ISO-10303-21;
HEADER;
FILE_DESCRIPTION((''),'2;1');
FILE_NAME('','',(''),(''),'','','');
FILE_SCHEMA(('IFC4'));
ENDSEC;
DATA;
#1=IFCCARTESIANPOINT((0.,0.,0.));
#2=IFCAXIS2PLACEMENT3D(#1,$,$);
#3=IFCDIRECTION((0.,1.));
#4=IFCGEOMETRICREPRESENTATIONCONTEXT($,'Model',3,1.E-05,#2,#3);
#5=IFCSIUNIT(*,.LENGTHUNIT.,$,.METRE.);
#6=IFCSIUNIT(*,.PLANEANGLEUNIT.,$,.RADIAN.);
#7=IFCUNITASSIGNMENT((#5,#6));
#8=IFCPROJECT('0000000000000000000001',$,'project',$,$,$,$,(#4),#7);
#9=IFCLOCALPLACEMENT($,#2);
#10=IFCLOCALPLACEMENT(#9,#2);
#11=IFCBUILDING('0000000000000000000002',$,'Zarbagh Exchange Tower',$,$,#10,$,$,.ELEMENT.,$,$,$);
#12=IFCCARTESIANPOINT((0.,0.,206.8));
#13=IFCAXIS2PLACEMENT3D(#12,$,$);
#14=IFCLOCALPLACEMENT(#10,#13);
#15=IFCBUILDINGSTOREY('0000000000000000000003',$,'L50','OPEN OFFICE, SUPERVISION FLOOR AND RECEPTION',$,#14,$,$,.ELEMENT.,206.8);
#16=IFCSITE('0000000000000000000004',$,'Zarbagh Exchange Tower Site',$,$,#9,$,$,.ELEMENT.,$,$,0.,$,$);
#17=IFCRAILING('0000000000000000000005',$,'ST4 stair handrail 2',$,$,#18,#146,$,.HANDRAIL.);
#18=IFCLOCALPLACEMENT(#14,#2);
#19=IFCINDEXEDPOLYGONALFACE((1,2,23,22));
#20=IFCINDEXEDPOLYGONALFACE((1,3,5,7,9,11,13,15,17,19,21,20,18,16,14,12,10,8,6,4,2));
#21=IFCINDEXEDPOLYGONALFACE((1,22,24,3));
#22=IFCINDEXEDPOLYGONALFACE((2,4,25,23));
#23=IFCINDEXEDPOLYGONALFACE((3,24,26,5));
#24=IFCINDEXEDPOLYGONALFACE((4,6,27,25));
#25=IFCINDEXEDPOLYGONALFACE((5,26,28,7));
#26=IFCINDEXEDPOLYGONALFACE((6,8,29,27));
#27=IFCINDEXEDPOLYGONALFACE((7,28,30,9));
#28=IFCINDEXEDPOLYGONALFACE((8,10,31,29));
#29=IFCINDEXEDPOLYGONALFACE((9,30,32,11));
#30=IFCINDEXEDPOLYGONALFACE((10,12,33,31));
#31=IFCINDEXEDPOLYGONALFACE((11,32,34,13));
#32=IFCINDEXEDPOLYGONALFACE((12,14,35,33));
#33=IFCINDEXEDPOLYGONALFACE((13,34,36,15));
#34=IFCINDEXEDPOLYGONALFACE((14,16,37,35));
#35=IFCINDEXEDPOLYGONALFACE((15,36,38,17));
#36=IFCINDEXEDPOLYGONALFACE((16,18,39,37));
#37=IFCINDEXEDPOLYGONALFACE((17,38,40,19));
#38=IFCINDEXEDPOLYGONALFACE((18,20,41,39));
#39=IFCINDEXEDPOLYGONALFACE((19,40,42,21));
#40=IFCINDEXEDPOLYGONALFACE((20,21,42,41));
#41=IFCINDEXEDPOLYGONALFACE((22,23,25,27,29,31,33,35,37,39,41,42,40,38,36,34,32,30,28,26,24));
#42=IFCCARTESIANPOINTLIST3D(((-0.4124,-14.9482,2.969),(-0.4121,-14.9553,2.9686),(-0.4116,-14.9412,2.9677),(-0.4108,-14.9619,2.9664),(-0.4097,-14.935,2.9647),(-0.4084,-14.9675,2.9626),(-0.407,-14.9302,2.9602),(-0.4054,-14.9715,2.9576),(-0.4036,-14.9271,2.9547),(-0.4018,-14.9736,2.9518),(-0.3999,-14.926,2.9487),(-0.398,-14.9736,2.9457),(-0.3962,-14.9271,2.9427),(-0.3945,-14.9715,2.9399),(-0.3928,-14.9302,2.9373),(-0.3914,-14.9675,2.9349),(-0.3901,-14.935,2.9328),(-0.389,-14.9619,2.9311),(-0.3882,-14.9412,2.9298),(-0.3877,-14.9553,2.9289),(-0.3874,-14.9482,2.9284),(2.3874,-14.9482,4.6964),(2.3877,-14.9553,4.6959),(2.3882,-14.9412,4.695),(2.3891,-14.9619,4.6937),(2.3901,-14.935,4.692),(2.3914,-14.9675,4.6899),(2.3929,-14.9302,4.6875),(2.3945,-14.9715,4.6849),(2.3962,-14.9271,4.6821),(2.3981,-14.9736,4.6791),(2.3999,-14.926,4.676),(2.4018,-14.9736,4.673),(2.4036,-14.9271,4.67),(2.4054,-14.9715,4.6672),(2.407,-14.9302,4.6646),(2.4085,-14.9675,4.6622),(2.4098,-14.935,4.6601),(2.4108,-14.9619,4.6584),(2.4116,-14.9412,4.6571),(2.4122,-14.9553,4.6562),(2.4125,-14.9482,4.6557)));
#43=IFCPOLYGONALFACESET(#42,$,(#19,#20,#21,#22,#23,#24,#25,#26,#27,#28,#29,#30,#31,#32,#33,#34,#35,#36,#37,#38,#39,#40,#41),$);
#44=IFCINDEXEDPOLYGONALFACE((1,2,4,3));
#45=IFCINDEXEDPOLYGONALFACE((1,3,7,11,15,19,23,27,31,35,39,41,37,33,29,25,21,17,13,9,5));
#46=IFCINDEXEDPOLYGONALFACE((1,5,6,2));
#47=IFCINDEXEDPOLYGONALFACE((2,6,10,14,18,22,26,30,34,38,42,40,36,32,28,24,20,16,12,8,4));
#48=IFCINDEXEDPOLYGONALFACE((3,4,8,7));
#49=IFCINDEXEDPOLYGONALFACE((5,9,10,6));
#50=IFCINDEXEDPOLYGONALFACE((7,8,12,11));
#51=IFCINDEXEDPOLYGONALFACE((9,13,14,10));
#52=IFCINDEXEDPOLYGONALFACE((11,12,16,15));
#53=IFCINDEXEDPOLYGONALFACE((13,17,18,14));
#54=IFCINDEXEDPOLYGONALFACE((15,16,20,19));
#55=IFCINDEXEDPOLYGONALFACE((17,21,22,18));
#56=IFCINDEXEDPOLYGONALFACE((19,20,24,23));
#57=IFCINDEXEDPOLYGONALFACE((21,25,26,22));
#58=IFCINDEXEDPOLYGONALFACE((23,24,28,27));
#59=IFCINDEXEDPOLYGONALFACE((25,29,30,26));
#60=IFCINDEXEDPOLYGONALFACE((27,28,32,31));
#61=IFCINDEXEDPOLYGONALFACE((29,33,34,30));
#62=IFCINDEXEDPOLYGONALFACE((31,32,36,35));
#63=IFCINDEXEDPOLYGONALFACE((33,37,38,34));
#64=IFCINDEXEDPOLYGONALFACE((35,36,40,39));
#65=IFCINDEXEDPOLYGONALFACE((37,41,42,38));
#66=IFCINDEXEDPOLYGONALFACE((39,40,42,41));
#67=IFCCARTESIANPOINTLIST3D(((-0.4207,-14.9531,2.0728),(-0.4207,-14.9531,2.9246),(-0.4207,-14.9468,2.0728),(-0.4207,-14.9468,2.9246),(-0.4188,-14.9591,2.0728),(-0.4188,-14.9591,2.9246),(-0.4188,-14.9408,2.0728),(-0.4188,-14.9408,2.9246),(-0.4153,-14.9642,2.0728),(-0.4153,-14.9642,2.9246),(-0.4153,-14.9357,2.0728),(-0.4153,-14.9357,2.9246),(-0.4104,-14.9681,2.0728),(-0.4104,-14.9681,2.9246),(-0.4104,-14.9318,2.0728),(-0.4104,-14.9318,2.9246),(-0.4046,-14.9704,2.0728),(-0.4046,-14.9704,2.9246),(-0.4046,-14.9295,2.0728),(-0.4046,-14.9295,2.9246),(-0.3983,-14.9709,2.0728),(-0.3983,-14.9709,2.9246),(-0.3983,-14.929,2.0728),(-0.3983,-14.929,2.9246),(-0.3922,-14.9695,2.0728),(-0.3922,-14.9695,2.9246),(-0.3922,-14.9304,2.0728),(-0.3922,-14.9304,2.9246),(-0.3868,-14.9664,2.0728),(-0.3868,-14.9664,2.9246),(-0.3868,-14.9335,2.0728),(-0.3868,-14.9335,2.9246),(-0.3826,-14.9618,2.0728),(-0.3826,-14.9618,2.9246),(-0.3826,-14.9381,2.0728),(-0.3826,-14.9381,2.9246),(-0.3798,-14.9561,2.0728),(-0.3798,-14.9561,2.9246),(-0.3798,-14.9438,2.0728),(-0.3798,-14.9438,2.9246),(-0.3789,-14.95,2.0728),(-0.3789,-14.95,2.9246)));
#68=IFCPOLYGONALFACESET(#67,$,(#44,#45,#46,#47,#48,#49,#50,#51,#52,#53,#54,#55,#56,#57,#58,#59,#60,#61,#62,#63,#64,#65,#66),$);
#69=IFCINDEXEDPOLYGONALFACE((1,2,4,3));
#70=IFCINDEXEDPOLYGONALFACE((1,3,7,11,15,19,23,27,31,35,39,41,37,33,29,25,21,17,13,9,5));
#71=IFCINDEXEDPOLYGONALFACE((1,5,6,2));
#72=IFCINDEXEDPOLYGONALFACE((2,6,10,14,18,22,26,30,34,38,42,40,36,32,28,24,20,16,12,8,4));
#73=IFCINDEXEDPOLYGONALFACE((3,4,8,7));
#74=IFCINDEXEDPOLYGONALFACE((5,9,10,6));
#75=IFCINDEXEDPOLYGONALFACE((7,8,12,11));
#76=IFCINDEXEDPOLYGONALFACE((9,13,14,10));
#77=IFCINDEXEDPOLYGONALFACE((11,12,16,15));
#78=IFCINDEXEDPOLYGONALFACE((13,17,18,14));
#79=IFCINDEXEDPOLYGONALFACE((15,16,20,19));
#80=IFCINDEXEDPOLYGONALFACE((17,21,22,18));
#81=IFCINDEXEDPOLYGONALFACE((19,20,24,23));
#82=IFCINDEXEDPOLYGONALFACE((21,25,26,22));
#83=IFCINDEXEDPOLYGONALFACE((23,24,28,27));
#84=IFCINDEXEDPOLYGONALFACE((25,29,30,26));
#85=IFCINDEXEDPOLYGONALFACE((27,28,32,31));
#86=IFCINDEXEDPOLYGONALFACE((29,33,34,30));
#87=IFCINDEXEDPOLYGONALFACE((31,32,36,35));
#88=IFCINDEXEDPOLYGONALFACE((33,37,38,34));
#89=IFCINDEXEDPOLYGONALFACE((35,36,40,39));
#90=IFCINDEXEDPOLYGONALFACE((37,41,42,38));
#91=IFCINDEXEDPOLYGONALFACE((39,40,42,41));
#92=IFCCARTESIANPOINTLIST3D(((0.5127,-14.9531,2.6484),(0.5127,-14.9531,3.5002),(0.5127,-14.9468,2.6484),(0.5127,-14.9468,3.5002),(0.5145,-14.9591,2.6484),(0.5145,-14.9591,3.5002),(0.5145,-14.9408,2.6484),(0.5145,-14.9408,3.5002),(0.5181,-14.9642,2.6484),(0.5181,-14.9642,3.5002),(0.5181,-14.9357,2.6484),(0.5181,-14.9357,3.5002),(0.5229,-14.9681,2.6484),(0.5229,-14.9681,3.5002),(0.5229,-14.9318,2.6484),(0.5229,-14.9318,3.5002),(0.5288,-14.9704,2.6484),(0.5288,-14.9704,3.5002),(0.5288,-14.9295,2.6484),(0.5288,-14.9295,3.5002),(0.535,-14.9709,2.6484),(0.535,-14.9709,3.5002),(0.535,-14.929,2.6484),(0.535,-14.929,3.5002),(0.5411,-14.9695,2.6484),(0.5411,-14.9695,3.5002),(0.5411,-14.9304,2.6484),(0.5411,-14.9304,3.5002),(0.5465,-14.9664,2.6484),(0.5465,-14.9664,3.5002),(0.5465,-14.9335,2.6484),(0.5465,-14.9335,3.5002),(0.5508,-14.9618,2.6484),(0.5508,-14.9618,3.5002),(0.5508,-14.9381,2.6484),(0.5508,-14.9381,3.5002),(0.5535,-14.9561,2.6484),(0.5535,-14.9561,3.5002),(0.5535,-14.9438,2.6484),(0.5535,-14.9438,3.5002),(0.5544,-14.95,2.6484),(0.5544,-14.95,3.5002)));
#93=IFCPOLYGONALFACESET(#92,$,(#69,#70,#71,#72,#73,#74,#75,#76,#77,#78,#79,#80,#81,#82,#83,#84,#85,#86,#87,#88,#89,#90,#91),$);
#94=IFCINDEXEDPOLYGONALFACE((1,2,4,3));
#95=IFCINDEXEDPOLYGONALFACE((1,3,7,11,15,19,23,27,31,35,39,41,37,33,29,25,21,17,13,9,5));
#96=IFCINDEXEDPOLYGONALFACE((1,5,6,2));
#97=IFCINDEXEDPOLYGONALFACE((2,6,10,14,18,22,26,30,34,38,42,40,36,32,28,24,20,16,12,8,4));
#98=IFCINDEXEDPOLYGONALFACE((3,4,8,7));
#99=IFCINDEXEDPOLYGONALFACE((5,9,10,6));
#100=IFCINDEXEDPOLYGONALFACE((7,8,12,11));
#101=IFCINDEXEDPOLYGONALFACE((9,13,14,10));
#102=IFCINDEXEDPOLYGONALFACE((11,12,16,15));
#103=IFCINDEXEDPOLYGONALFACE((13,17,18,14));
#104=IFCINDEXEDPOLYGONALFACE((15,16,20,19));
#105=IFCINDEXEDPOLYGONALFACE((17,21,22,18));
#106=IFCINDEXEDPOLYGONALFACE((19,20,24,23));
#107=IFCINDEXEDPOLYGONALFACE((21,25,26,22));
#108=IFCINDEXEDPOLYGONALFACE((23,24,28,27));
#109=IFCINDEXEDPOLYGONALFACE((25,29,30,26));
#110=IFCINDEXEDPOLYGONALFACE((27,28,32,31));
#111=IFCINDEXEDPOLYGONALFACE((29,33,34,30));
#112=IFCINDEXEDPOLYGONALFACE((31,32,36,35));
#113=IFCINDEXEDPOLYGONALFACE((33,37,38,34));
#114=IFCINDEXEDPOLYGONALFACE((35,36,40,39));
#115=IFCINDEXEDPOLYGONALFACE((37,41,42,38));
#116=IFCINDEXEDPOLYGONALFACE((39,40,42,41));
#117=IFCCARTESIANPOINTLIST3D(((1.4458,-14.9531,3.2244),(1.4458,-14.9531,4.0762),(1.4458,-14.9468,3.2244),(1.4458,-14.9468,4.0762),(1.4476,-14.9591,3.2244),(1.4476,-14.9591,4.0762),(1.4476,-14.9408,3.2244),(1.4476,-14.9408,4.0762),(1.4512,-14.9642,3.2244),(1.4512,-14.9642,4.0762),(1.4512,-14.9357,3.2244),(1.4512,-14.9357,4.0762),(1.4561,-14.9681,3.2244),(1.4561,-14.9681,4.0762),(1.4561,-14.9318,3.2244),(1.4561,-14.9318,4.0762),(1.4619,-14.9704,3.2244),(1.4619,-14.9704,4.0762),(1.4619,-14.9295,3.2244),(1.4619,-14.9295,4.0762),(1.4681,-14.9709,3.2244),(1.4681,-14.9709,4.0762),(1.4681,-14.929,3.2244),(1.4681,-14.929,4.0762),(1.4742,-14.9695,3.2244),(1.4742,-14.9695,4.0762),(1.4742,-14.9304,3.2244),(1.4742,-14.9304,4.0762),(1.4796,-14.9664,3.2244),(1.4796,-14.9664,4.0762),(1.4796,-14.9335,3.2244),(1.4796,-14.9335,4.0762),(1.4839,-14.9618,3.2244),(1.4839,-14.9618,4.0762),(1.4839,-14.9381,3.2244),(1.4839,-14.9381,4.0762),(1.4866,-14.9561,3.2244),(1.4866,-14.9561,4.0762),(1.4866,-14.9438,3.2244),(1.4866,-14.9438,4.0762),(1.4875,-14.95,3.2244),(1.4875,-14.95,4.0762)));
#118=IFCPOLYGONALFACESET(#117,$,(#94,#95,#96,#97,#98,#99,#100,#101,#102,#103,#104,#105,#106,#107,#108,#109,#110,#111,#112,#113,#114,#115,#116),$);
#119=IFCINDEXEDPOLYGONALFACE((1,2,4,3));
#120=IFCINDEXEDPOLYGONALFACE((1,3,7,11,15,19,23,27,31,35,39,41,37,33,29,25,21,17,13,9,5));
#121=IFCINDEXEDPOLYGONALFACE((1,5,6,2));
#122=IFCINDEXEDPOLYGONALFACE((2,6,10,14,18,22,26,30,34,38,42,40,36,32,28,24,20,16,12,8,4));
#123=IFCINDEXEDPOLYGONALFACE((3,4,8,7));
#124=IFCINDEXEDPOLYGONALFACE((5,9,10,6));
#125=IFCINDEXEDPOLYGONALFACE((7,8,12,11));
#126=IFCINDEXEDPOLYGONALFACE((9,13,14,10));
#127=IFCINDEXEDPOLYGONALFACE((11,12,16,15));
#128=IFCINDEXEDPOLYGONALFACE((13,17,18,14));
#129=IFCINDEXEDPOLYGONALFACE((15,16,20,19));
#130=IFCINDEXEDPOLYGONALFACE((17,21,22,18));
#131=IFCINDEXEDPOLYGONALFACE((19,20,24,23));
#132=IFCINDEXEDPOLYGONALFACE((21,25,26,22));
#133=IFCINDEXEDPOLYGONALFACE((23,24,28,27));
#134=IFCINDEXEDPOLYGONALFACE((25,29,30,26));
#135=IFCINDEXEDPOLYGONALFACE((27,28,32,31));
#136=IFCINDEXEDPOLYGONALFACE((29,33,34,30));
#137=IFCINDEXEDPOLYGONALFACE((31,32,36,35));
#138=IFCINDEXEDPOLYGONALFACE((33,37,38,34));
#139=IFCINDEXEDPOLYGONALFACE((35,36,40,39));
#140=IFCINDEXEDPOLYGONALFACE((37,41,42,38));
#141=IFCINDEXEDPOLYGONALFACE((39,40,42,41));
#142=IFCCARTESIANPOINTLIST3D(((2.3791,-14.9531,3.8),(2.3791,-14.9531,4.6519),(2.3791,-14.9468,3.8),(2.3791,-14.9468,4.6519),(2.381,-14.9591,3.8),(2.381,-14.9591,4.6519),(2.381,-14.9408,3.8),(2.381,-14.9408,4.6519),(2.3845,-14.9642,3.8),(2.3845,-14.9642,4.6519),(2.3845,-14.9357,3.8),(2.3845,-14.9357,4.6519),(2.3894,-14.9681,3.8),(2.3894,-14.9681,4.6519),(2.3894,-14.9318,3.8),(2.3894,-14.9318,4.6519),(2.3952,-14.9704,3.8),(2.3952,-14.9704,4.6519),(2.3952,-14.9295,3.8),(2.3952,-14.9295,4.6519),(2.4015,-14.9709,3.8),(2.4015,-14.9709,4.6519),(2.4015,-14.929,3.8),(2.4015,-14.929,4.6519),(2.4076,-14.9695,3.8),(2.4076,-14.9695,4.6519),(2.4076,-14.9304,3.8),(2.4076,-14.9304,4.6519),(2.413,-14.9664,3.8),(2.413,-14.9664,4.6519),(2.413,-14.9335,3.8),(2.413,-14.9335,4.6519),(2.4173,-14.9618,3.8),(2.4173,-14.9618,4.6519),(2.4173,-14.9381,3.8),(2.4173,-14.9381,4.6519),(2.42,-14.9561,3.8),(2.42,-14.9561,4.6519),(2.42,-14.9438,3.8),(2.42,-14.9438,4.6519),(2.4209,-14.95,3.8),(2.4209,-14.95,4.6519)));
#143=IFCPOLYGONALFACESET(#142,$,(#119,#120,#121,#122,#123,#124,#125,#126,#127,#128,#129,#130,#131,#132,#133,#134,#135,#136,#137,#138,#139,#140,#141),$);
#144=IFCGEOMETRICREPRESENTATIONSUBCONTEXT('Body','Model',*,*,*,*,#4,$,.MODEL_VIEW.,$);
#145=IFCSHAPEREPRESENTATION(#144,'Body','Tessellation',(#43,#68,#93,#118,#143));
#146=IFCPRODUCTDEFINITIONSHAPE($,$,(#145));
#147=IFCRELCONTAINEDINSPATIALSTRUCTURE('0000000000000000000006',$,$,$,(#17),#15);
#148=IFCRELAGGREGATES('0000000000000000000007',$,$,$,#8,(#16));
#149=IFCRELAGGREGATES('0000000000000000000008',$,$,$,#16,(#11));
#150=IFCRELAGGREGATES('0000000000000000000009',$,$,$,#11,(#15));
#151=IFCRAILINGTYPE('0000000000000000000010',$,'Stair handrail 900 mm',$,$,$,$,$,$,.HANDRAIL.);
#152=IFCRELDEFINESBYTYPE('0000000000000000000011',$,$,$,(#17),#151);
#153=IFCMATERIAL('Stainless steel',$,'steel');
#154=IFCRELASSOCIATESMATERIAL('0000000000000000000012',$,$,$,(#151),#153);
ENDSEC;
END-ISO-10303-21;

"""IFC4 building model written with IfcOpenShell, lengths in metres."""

from ifc_helpers import new_model, si_unit, direction, frame, origin, origin_2d, place, context, subcontext, project, spatial, circle, extrude, material, type_object, element, save


model = new_model("IFC4")

# Units and contexts
model_context = context("Model", 3, precision=1e-05, world=origin(), true_north=direction((0.0, 1.0)))
body_context = subcontext(model_context, "Body", "Model", "MODEL_VIEW")
ifc_project = project(units=[si_unit("LENGTHUNIT", "METRE"), si_unit("PLANEANGLEUNIT", "RADIAN")], contexts=[model_context])

# Site, building, storey
site_placement = place(None, origin())
site = spatial("IfcSite", under=ifc_project, at=site_placement, Name="Zarbagh Exchange Tower Site", CompositionType="ELEMENT", RefElevation=0.0)
building_placement = place(site_placement, origin())
building = spatial("IfcBuilding", under=site, at=building_placement, Name="Zarbagh Exchange Tower", CompositionType="ELEMENT")
storey_placement = place(building_placement, frame((0.0, 0.0, 206.8)))
storey = spatial("IfcBuildingStorey", under=building, at=storey_placement, Name="L50", Description="OPEN OFFICE, SUPERVISION FLOOR AND RECEPTION", CompositionType="ELEMENT", Elevation=206.8)

# Shared definitions
ifc_material_1 = material(Name="Stainless steel", Category="steel")

# Railing
railing_type = type_object("IfcRailingType", Name="Stair handrail 900 mm", PredefinedType="HANDRAIL", material=ifc_material_1)
railing_placement = place(storey_placement, frame((-0.3999, -14.95, 2.0728)))
element("IfcRailing", 1, at=railing_placement, inside=storey, type_object=railing_type, Name="ST4 stair handrail 2", PredefinedType="HANDRAIL", context=body_context, shape_type="SweptSolid", body=[
    extrude(circle(Radius=0.0239, at=origin_2d()), frame((0.0, 0.0, 0.876), z_axis=(0.851069, 0.0, 0.525054), x_axis=(0.0, 1.0, 0.0)), (0.0, 0.0, 1.0), 3.2898),
    extrude(circle(Radius=0.021, at=origin_2d()), origin(), (0.0, 0.0, 1.0), 0.8518),
    extrude(circle(Radius=0.021, at=origin_2d()), frame((0.9333, 0.0, 0.5757)), (0.0, 0.0, 1.0), 0.8518),
    extrude(circle(Radius=0.021, at=origin_2d()), frame((1.8665, 0.0, 1.1516)), (0.0, 0.0, 1.0), 0.8518),
    extrude(circle(Radius=0.021, at=origin_2d()), frame((2.7998, 0.0, 1.7273)), (0.0, 0.0, 1.0), 0.8518),
])

save(model, "model.ifc")
